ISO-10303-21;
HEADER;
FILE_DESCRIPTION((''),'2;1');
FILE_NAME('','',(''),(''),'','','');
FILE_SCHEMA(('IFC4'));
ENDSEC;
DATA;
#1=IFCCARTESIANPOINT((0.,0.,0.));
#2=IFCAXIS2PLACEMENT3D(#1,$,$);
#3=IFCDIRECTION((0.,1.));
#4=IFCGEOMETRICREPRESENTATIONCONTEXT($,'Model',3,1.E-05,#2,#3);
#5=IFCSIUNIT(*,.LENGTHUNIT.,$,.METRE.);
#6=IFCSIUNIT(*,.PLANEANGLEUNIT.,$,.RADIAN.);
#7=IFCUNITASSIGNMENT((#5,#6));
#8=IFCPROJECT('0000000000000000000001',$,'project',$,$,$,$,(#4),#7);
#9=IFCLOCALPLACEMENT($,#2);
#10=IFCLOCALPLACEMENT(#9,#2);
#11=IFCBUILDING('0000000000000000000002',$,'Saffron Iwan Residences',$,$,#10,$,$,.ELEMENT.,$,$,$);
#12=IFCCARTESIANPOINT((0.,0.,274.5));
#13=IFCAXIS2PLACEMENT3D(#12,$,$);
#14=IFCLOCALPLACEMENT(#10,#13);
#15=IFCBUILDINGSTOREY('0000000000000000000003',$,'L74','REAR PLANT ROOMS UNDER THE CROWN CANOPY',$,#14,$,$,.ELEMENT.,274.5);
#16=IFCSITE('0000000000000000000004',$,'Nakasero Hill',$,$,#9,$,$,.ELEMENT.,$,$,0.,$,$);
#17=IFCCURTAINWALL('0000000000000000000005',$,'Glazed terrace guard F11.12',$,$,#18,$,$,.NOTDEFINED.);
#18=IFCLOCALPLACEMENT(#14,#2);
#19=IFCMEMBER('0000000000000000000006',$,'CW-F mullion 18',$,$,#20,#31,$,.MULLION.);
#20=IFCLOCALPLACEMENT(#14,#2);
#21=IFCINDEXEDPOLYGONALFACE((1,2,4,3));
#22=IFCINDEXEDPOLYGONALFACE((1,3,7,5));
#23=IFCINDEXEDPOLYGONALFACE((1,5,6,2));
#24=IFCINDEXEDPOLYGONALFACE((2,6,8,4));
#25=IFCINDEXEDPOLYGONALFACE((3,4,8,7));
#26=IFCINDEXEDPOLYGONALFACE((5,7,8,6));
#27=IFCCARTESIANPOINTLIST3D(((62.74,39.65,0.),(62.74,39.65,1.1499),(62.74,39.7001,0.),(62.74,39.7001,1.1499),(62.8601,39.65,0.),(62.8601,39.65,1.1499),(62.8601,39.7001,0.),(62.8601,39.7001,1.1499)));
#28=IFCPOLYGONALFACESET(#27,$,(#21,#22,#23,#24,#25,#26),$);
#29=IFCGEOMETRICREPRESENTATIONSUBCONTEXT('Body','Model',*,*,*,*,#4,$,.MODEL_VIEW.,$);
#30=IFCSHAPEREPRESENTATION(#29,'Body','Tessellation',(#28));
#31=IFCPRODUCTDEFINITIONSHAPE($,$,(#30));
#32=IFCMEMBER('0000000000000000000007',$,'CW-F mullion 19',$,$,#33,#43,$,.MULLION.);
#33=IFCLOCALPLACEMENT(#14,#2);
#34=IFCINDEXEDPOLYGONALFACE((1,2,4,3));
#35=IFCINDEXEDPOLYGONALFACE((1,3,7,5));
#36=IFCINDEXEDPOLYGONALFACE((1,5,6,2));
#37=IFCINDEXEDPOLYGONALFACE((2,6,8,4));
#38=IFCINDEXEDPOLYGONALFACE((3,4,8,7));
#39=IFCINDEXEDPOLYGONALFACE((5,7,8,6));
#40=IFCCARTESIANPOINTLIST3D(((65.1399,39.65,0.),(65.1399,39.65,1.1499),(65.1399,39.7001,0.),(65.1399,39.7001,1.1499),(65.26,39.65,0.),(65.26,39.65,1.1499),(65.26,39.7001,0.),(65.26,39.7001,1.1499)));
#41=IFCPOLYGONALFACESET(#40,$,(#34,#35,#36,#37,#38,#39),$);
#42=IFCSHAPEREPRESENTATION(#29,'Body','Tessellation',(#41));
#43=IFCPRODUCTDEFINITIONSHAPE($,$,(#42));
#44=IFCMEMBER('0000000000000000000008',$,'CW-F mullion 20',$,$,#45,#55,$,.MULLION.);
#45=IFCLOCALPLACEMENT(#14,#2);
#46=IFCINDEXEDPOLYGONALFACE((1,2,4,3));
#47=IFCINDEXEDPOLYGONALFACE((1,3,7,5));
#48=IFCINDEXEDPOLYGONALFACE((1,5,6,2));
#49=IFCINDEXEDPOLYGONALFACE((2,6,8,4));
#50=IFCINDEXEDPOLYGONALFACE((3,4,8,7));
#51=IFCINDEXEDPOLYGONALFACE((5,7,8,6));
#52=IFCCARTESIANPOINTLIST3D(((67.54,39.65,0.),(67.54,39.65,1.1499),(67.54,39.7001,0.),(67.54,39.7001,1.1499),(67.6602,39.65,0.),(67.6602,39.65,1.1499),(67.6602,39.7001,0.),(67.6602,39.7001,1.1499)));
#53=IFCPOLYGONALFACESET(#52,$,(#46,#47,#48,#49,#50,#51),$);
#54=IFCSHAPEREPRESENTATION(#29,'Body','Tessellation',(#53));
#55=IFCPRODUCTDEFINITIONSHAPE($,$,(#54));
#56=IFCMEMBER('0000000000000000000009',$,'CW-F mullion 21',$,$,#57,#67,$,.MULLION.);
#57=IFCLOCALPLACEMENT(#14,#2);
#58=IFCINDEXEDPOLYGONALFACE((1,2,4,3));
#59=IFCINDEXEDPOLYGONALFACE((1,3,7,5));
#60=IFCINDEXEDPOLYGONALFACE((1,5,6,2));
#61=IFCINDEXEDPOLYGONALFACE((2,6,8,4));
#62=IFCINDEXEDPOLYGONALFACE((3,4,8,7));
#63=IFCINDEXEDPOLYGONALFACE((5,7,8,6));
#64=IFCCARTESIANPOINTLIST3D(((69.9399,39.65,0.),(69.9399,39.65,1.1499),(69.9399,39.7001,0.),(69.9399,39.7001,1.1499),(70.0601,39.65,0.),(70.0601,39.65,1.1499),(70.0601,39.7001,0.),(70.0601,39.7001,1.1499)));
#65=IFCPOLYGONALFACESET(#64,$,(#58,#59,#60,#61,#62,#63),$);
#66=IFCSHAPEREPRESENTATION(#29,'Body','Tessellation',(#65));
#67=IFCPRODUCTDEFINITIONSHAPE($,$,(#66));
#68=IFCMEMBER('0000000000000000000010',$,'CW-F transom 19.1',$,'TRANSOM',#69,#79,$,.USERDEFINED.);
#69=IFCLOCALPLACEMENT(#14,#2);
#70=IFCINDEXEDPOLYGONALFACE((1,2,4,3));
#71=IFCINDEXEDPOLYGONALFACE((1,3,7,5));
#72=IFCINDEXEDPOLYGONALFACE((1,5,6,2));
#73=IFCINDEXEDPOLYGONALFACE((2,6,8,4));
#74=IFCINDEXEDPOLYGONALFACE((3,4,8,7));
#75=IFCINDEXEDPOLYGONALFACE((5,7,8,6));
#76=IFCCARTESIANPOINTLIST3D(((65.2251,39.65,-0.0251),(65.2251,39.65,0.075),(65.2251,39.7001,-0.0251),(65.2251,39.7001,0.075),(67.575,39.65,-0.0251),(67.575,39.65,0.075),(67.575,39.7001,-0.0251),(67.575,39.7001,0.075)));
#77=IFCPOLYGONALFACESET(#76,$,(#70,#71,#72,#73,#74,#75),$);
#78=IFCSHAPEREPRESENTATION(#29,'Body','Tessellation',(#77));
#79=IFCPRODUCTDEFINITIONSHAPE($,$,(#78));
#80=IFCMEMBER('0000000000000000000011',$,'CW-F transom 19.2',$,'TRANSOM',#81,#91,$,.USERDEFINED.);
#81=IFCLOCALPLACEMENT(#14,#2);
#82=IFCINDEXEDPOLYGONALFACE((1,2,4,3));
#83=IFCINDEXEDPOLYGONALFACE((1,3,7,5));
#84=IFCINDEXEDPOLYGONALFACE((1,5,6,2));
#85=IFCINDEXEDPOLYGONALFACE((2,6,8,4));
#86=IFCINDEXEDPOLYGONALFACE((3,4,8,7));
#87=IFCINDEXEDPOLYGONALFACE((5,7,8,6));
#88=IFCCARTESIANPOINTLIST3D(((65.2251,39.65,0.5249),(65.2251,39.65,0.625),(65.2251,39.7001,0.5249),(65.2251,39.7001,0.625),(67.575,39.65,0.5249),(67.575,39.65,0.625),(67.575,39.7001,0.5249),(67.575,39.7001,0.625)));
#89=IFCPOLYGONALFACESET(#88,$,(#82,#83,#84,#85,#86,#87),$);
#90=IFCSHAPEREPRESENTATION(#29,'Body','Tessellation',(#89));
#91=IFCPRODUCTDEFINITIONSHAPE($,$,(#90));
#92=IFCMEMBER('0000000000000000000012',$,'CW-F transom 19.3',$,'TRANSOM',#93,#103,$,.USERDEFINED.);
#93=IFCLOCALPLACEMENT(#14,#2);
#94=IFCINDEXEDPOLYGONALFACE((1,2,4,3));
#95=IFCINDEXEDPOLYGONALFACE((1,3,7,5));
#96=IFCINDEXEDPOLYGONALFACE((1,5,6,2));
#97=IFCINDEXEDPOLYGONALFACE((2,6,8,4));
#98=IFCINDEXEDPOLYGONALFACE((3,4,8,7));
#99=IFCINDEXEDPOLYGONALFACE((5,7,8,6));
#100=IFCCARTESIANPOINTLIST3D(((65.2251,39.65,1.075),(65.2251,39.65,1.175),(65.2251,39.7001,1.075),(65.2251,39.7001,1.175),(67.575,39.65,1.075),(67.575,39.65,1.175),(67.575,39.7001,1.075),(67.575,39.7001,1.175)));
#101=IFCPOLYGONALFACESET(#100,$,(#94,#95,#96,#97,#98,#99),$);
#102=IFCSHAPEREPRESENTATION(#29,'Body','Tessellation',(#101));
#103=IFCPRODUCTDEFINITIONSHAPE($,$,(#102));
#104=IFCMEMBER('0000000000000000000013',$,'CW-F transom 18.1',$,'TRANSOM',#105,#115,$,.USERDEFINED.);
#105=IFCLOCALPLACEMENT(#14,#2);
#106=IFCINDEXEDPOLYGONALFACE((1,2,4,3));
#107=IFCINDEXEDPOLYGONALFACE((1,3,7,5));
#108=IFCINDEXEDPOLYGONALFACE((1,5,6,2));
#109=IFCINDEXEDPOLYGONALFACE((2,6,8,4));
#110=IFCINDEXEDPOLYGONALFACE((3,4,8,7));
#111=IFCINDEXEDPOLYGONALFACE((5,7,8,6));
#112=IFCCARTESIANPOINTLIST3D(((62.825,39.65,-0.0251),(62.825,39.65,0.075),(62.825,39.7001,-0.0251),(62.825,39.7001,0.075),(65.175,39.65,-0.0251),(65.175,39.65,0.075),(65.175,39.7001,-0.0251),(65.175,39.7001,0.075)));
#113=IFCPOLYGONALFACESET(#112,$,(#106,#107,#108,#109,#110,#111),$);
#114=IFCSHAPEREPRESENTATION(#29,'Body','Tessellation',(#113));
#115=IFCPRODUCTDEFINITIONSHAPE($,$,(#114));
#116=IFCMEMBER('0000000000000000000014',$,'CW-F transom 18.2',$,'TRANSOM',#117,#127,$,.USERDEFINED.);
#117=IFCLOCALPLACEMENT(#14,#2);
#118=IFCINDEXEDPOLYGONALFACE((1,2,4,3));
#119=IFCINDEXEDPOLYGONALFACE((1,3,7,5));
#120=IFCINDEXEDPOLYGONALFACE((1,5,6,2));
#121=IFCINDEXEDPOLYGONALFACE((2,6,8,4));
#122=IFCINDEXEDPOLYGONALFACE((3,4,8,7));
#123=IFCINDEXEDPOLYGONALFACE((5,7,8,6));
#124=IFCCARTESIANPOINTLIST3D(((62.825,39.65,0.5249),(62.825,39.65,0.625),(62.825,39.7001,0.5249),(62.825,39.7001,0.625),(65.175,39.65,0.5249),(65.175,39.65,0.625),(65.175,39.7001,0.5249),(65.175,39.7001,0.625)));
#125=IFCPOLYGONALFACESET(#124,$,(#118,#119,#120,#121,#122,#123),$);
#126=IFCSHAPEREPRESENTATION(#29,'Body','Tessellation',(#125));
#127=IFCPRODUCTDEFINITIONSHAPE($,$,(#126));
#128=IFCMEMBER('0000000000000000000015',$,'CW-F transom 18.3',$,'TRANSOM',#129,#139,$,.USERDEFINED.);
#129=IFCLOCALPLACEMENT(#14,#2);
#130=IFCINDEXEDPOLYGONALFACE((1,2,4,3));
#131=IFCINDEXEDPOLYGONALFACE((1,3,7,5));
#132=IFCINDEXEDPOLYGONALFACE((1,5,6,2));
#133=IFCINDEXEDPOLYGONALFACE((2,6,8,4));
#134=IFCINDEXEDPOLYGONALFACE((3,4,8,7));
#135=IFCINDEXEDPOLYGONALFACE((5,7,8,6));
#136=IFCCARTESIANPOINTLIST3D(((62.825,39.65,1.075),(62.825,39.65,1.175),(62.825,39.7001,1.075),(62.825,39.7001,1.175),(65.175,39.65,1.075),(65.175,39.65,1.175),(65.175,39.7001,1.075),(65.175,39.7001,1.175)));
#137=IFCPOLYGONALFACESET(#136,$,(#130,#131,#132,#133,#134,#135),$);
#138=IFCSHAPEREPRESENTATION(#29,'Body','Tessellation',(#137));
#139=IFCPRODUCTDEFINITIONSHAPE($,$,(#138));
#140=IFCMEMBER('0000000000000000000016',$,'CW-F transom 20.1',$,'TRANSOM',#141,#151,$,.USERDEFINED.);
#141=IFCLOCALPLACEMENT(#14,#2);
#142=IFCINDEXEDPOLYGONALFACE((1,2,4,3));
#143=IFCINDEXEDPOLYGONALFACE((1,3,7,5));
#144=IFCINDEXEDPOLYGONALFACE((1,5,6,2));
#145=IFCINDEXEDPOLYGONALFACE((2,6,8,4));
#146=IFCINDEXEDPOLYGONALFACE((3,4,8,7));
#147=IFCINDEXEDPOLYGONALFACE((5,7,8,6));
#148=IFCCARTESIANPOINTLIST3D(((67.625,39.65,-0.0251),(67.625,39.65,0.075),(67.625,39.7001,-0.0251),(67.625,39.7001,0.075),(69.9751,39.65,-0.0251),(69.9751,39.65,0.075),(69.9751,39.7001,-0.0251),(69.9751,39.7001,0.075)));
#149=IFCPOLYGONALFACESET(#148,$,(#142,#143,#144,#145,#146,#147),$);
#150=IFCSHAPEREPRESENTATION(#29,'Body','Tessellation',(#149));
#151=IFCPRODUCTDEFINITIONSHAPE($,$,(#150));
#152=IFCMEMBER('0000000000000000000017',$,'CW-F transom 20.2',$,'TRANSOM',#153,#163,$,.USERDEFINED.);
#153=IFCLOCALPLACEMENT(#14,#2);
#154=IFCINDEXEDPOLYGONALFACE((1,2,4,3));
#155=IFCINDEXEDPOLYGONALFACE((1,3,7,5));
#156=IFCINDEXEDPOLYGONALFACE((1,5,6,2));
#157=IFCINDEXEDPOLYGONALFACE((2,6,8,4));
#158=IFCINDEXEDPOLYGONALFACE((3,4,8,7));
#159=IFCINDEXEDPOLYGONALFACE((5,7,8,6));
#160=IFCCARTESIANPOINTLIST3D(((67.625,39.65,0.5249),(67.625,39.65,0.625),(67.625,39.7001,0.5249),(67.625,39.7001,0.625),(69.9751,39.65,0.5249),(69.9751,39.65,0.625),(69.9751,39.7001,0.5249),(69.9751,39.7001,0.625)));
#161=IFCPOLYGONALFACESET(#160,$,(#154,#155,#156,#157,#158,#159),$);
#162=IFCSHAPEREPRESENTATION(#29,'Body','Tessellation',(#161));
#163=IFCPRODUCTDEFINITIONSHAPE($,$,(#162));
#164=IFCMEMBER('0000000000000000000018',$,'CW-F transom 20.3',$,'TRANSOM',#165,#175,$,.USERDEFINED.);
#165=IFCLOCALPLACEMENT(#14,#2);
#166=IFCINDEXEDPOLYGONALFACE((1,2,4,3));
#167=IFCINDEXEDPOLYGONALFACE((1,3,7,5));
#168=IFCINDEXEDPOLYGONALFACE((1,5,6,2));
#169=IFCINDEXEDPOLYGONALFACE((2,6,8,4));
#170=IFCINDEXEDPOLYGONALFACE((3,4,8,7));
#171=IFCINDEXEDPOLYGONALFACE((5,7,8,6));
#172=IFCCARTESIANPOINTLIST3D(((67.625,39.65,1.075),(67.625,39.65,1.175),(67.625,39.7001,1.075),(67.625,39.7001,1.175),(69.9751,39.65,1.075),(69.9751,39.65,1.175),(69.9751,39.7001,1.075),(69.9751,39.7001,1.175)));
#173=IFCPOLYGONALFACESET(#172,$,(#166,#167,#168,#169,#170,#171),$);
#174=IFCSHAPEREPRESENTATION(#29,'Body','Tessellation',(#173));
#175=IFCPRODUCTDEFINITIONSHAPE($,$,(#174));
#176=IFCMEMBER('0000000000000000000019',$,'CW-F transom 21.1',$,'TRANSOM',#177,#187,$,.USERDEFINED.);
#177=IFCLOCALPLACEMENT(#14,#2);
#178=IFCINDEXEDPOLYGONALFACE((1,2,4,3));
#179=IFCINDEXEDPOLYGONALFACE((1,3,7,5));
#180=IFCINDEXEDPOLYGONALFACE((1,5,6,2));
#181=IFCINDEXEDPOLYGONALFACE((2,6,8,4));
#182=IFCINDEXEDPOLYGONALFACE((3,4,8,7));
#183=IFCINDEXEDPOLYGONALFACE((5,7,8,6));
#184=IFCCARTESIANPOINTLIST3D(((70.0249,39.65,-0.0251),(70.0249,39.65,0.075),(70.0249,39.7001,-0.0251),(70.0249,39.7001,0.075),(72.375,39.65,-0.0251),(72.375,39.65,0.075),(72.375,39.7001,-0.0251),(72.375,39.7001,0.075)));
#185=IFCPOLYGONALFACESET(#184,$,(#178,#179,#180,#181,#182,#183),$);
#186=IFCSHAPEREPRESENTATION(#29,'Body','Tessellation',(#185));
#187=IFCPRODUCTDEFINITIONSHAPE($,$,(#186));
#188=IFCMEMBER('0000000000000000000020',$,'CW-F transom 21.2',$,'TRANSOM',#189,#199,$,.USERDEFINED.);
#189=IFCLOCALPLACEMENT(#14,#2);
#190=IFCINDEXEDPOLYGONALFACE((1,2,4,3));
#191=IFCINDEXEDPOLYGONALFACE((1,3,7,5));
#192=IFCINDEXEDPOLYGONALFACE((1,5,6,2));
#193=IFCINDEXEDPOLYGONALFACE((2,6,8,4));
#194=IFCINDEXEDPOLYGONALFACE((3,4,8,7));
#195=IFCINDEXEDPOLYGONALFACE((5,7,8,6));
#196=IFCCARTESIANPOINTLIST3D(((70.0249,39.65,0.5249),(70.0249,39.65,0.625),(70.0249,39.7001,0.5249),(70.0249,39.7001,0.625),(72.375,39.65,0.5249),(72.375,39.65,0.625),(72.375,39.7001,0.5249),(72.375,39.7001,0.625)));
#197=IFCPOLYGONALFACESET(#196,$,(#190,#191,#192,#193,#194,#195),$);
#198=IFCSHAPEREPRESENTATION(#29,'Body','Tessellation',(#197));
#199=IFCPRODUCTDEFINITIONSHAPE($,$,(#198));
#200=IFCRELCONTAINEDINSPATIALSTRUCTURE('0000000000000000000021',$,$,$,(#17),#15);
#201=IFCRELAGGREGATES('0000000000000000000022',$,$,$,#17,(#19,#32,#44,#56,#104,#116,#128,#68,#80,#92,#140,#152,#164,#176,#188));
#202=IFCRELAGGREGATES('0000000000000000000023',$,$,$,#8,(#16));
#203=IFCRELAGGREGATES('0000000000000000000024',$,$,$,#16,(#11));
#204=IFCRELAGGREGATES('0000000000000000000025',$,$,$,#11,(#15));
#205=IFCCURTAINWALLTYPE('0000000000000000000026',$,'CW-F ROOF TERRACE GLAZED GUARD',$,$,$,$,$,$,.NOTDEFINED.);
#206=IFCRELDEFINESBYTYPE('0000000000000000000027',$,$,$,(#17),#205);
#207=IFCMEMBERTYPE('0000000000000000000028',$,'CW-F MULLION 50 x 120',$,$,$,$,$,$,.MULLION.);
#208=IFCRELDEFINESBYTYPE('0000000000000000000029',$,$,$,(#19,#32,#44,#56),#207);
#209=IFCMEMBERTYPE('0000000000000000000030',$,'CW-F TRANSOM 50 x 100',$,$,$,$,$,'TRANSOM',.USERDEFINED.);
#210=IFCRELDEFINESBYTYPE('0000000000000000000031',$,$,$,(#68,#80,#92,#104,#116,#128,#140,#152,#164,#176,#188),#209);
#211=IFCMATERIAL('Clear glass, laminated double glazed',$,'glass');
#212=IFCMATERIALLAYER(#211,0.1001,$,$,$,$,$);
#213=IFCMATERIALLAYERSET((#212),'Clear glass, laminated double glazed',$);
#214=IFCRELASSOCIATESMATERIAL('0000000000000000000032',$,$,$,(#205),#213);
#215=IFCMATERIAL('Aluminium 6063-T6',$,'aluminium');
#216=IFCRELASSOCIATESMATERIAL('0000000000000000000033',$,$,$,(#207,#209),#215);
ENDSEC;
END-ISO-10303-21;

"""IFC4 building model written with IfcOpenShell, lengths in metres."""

from ifc_helpers import new_model, si_unit, direction, frame, origin, origin_2d, place, context, subcontext, project, spatial, rectangle, extrude, source, transform, mapped, material, layer, layer_set, material_profile, profile_set, type_object, element, aggregate, save


model = new_model("IFC4")

# Units and contexts
model_context = context("Model", 3, precision=1e-05, world=origin(), true_north=direction((0.0, 1.0)))
body_context = subcontext(model_context, "Body", "Model", "MODEL_VIEW")
ifc_project = project(units=[si_unit("LENGTHUNIT", "METRE"), si_unit("PLANEANGLEUNIT", "RADIAN")], contexts=[model_context])

# Site, building, storey
site_placement = place(None, origin())
site = spatial("IfcSite", under=ifc_project, at=site_placement, Name="Nakasero Hill", CompositionType="ELEMENT", RefElevation=0.0)
building_placement = place(site_placement, origin())
building = spatial("IfcBuilding", under=site, at=building_placement, Name="Saffron Iwan Residences", CompositionType="ELEMENT")
storey_placement = place(building_placement, frame((0.0, 0.0, 274.5)))
storey = spatial("IfcBuildingStorey", under=building, at=storey_placement, Name="L74", Description="REAR PLANT ROOMS UNDER THE CROWN CANOPY", CompositionType="ELEMENT", Elevation=274.5)

# Curtain wall, members
ifc_material_1 = material(Name="Clear glass, laminated double glazed", Category="glass")
ifc_layer_1 = layer(ifc_material_1, 0.1001)
ifc_layer_set_1 = layer_set([ifc_layer_1], Name="Clear glass, laminated double glazed")
curtain_wall_type = type_object("IfcCurtainWallType", Name="CW-F ROOF TERRACE GLAZED GUARD", PredefinedType="NOTDEFINED", material=ifc_layer_set_1)
curtain_wall_placement = place(storey_placement, origin())
curtain_wall = element("IfcCurtainWall", 1, at=curtain_wall_placement, inside=storey, type_object=curtain_wall_type, Name="Glazed terrace guard F11.12", PredefinedType="NOTDEFINED")
ifc_material_2 = material(Name="Aluminium 6063-T6", Category="aluminium")
ifc_material_profile_1 = material_profile(ifc_material_2, rectangle(XDim=0.05, YDim=0.1201, at=origin_2d()), Name="CW-F MULLION 50 x 120")
ifc_profile_set_1 = profile_set([ifc_material_profile_1], Name="Aluminium 6063-T6")
member_type_1 = type_object("IfcMemberType", Name="CW-F MULLION 50 x 120", PredefinedType="MULLION", material=ifc_profile_set_1)
shared_shape_1 = source(origin(), body_context, "Body", "SweptSolid", [
    extrude(rectangle(XDim=0.05, YDim=0.1201, at=origin_2d()), origin(), (0.0, 0.0, 1.0), 1.1499),
])
member_1_placement = place(storey_placement, frame((62.8, 39.675, 0.0), z_axis=(0.0, 0.0, 1.0), x_axis=(0.0, 1.0, 0.0)))
member_1 = element("IfcMember", 2, at=member_1_placement, type_object=member_type_1, Name="CW-F mullion 18", PredefinedType="MULLION", context=body_context, shape_type="MappedRepresentation", body=[
    mapped(shared_shape_1, transform((0.0, 0.0, 0.0))),
])
member_2_placement = place(storey_placement, frame((65.2, 39.675, 0.0), z_axis=(0.0, 0.0, 1.0), x_axis=(0.0, 1.0, 0.0)))
member_2 = element("IfcMember", 3, at=member_2_placement, type_object=member_type_1, Name="CW-F mullion 19", PredefinedType="MULLION", context=body_context, shape_type="MappedRepresentation", body=[
    mapped(shared_shape_1, transform((0.0, 0.0, 0.0))),
])
member_3_placement = place(storey_placement, frame((67.6001, 39.675, 0.0), z_axis=(0.0, 0.0, 1.0), x_axis=(0.0, 1.0, 0.0)))
member_3 = element("IfcMember", 4, at=member_3_placement, type_object=member_type_1, Name="CW-F mullion 20", PredefinedType="MULLION", context=body_context, shape_type="MappedRepresentation", body=[
    mapped(shared_shape_1, transform((0.0, 0.0, 0.0))),
])
member_4_placement = place(storey_placement, frame((70.0, 39.675, 0.0), z_axis=(0.0, 0.0, 1.0), x_axis=(0.0, 1.0, 0.0)))
member_4 = element("IfcMember", 5, at=member_4_placement, type_object=member_type_1, Name="CW-F mullion 21", PredefinedType="MULLION", context=body_context, shape_type="MappedRepresentation", body=[
    mapped(shared_shape_1, transform((0.0, 0.0, 0.0))),
])
ifc_material_profile_2 = material_profile(ifc_material_2, rectangle(XDim=0.05, YDim=0.1001, at=origin_2d()), Name="CW-F TRANSOM 50 x 100")
ifc_profile_set_2 = profile_set([ifc_material_profile_2], Name="Aluminium 6063-T6")
member_type_2 = type_object("IfcMemberType", Name="CW-F TRANSOM 50 x 100", ElementType="TRANSOM", PredefinedType="USERDEFINED", material=ifc_profile_set_2)
shared_shape_2 = source(origin(), body_context, "Body", "SweptSolid", [
    extrude(rectangle(XDim=0.05, YDim=0.1001, at=origin_2d()), origin(), (0.0, 0.0, 1.0), 2.3499),
])
member_5_placement = place(storey_placement, frame((65.2251, 39.675, 0.0249), z_axis=(1.0, 0.0, 0.0), x_axis=(0.0, 1.0, 0.0)))
member_5 = element("IfcMember", 6, at=member_5_placement, type_object=member_type_2, Name="CW-F transom 19.1", ObjectType="TRANSOM", PredefinedType="USERDEFINED", context=body_context, shape_type="MappedRepresentation", body=[
    mapped(shared_shape_2, transform((0.0, 0.0, 0.0))),
])
member_6_placement = place(storey_placement, frame((65.2251, 39.675, 0.575), z_axis=(1.0, 0.0, 0.0), x_axis=(0.0, 1.0, 0.0)))
member_6 = element("IfcMember", 7, at=member_6_placement, type_object=member_type_2, Name="CW-F transom 19.2", ObjectType="TRANSOM", PredefinedType="USERDEFINED", context=body_context, shape_type="MappedRepresentation", body=[
    mapped(shared_shape_2, transform((0.0, 0.0, 0.0))),
])
member_7_placement = place(storey_placement, frame((65.2251, 39.675, 1.125), z_axis=(1.0, 0.0, 0.0), x_axis=(0.0, 1.0, 0.0)))
member_7 = element("IfcMember", 8, at=member_7_placement, type_object=member_type_2, Name="CW-F transom 19.3", ObjectType="TRANSOM", PredefinedType="USERDEFINED", context=body_context, shape_type="MappedRepresentation", body=[
    mapped(shared_shape_2, transform((0.0, 0.0, 0.0))),
])
shared_shape_3 = source(origin(), body_context, "Body", "SweptSolid", [
    extrude(rectangle(XDim=0.05, YDim=0.1001, at=origin_2d()), origin(), (0.0, 0.0, 1.0), 2.3501),
])
member_8_placement = place(storey_placement, frame((62.825, 39.675, 0.0249), z_axis=(1.0, 0.0, 0.0), x_axis=(0.0, 1.0, 0.0)))
member_8 = element("IfcMember", 9, at=member_8_placement, type_object=member_type_2, Name="CW-F transom 18.1", ObjectType="TRANSOM", PredefinedType="USERDEFINED", context=body_context, shape_type="MappedRepresentation", body=[
    mapped(shared_shape_3, transform((0.0, 0.0, 0.0))),
])
member_9_placement = place(storey_placement, frame((62.825, 39.675, 0.575), z_axis=(1.0, 0.0, 0.0), x_axis=(0.0, 1.0, 0.0)))
member_9 = element("IfcMember", 10, at=member_9_placement, type_object=member_type_2, Name="CW-F transom 18.2", ObjectType="TRANSOM", PredefinedType="USERDEFINED", context=body_context, shape_type="MappedRepresentation", body=[
    mapped(shared_shape_3, transform((0.0, 0.0, 0.0))),
])
member_10_placement = place(storey_placement, frame((62.825, 39.675, 1.125), z_axis=(1.0, 0.0, 0.0), x_axis=(0.0, 1.0, 0.0)))
member_10 = element("IfcMember", 11, at=member_10_placement, type_object=member_type_2, Name="CW-F transom 18.3", ObjectType="TRANSOM", PredefinedType="USERDEFINED", context=body_context, shape_type="MappedRepresentation", body=[
    mapped(shared_shape_3, transform((0.0, 0.0, 0.0))),
])
member_11_placement = place(storey_placement, frame((67.625, 39.675, 0.0249), z_axis=(1.0, 0.0, 0.0), x_axis=(0.0, 1.0, 0.0)))
member_11 = element("IfcMember", 12, at=member_11_placement, type_object=member_type_2, Name="CW-F transom 20.1", ObjectType="TRANSOM", PredefinedType="USERDEFINED", context=body_context, shape_type="MappedRepresentation", body=[
    mapped(shared_shape_3, transform((0.0, 0.0, 0.0))),
])
member_12_placement = place(storey_placement, frame((67.625, 39.675, 0.575), z_axis=(1.0, 0.0, 0.0), x_axis=(0.0, 1.0, 0.0)))
member_12 = element("IfcMember", 13, at=member_12_placement, type_object=member_type_2, Name="CW-F transom 20.2", ObjectType="TRANSOM", PredefinedType="USERDEFINED", context=body_context, shape_type="MappedRepresentation", body=[
    mapped(shared_shape_3, transform((0.0, 0.0, 0.0))),
])
member_13_placement = place(storey_placement, frame((67.625, 39.675, 1.125), z_axis=(1.0, 0.0, 0.0), x_axis=(0.0, 1.0, 0.0)))
member_13 = element("IfcMember", 14, at=member_13_placement, type_object=member_type_2, Name="CW-F transom 20.3", ObjectType="TRANSOM", PredefinedType="USERDEFINED", context=body_context, shape_type="MappedRepresentation", body=[
    mapped(shared_shape_3, transform((0.0, 0.0, 0.0))),
])
member_14_placement = place(storey_placement, frame((70.0249, 39.675, 0.0249), z_axis=(1.0, 0.0, 0.0), x_axis=(0.0, 1.0, 0.0)))
member_14 = element("IfcMember", 15, at=member_14_placement, type_object=member_type_2, Name="CW-F transom 21.1", ObjectType="TRANSOM", PredefinedType="USERDEFINED", context=body_context, shape_type="MappedRepresentation", body=[
    mapped(shared_shape_3, transform((0.0, 0.0, 0.0))),
])
member_15_placement = place(storey_placement, frame((70.0249, 39.675, 0.575), z_axis=(1.0, 0.0, 0.0), x_axis=(0.0, 1.0, 0.0)))
member_15 = element("IfcMember", 16, at=member_15_placement, type_object=member_type_2, Name="CW-F transom 21.2", ObjectType="TRANSOM", PredefinedType="USERDEFINED", context=body_context, shape_type="MappedRepresentation", body=[
    mapped(shared_shape_3, transform((0.0, 0.0, 0.0))),
])
aggregate(curtain_wall, [member_1, member_2, member_3, member_4, member_8, member_9, member_10, member_5, member_6, member_7, member_11, member_12, member_13, member_14, member_15])

save(model, "model.ifc")
